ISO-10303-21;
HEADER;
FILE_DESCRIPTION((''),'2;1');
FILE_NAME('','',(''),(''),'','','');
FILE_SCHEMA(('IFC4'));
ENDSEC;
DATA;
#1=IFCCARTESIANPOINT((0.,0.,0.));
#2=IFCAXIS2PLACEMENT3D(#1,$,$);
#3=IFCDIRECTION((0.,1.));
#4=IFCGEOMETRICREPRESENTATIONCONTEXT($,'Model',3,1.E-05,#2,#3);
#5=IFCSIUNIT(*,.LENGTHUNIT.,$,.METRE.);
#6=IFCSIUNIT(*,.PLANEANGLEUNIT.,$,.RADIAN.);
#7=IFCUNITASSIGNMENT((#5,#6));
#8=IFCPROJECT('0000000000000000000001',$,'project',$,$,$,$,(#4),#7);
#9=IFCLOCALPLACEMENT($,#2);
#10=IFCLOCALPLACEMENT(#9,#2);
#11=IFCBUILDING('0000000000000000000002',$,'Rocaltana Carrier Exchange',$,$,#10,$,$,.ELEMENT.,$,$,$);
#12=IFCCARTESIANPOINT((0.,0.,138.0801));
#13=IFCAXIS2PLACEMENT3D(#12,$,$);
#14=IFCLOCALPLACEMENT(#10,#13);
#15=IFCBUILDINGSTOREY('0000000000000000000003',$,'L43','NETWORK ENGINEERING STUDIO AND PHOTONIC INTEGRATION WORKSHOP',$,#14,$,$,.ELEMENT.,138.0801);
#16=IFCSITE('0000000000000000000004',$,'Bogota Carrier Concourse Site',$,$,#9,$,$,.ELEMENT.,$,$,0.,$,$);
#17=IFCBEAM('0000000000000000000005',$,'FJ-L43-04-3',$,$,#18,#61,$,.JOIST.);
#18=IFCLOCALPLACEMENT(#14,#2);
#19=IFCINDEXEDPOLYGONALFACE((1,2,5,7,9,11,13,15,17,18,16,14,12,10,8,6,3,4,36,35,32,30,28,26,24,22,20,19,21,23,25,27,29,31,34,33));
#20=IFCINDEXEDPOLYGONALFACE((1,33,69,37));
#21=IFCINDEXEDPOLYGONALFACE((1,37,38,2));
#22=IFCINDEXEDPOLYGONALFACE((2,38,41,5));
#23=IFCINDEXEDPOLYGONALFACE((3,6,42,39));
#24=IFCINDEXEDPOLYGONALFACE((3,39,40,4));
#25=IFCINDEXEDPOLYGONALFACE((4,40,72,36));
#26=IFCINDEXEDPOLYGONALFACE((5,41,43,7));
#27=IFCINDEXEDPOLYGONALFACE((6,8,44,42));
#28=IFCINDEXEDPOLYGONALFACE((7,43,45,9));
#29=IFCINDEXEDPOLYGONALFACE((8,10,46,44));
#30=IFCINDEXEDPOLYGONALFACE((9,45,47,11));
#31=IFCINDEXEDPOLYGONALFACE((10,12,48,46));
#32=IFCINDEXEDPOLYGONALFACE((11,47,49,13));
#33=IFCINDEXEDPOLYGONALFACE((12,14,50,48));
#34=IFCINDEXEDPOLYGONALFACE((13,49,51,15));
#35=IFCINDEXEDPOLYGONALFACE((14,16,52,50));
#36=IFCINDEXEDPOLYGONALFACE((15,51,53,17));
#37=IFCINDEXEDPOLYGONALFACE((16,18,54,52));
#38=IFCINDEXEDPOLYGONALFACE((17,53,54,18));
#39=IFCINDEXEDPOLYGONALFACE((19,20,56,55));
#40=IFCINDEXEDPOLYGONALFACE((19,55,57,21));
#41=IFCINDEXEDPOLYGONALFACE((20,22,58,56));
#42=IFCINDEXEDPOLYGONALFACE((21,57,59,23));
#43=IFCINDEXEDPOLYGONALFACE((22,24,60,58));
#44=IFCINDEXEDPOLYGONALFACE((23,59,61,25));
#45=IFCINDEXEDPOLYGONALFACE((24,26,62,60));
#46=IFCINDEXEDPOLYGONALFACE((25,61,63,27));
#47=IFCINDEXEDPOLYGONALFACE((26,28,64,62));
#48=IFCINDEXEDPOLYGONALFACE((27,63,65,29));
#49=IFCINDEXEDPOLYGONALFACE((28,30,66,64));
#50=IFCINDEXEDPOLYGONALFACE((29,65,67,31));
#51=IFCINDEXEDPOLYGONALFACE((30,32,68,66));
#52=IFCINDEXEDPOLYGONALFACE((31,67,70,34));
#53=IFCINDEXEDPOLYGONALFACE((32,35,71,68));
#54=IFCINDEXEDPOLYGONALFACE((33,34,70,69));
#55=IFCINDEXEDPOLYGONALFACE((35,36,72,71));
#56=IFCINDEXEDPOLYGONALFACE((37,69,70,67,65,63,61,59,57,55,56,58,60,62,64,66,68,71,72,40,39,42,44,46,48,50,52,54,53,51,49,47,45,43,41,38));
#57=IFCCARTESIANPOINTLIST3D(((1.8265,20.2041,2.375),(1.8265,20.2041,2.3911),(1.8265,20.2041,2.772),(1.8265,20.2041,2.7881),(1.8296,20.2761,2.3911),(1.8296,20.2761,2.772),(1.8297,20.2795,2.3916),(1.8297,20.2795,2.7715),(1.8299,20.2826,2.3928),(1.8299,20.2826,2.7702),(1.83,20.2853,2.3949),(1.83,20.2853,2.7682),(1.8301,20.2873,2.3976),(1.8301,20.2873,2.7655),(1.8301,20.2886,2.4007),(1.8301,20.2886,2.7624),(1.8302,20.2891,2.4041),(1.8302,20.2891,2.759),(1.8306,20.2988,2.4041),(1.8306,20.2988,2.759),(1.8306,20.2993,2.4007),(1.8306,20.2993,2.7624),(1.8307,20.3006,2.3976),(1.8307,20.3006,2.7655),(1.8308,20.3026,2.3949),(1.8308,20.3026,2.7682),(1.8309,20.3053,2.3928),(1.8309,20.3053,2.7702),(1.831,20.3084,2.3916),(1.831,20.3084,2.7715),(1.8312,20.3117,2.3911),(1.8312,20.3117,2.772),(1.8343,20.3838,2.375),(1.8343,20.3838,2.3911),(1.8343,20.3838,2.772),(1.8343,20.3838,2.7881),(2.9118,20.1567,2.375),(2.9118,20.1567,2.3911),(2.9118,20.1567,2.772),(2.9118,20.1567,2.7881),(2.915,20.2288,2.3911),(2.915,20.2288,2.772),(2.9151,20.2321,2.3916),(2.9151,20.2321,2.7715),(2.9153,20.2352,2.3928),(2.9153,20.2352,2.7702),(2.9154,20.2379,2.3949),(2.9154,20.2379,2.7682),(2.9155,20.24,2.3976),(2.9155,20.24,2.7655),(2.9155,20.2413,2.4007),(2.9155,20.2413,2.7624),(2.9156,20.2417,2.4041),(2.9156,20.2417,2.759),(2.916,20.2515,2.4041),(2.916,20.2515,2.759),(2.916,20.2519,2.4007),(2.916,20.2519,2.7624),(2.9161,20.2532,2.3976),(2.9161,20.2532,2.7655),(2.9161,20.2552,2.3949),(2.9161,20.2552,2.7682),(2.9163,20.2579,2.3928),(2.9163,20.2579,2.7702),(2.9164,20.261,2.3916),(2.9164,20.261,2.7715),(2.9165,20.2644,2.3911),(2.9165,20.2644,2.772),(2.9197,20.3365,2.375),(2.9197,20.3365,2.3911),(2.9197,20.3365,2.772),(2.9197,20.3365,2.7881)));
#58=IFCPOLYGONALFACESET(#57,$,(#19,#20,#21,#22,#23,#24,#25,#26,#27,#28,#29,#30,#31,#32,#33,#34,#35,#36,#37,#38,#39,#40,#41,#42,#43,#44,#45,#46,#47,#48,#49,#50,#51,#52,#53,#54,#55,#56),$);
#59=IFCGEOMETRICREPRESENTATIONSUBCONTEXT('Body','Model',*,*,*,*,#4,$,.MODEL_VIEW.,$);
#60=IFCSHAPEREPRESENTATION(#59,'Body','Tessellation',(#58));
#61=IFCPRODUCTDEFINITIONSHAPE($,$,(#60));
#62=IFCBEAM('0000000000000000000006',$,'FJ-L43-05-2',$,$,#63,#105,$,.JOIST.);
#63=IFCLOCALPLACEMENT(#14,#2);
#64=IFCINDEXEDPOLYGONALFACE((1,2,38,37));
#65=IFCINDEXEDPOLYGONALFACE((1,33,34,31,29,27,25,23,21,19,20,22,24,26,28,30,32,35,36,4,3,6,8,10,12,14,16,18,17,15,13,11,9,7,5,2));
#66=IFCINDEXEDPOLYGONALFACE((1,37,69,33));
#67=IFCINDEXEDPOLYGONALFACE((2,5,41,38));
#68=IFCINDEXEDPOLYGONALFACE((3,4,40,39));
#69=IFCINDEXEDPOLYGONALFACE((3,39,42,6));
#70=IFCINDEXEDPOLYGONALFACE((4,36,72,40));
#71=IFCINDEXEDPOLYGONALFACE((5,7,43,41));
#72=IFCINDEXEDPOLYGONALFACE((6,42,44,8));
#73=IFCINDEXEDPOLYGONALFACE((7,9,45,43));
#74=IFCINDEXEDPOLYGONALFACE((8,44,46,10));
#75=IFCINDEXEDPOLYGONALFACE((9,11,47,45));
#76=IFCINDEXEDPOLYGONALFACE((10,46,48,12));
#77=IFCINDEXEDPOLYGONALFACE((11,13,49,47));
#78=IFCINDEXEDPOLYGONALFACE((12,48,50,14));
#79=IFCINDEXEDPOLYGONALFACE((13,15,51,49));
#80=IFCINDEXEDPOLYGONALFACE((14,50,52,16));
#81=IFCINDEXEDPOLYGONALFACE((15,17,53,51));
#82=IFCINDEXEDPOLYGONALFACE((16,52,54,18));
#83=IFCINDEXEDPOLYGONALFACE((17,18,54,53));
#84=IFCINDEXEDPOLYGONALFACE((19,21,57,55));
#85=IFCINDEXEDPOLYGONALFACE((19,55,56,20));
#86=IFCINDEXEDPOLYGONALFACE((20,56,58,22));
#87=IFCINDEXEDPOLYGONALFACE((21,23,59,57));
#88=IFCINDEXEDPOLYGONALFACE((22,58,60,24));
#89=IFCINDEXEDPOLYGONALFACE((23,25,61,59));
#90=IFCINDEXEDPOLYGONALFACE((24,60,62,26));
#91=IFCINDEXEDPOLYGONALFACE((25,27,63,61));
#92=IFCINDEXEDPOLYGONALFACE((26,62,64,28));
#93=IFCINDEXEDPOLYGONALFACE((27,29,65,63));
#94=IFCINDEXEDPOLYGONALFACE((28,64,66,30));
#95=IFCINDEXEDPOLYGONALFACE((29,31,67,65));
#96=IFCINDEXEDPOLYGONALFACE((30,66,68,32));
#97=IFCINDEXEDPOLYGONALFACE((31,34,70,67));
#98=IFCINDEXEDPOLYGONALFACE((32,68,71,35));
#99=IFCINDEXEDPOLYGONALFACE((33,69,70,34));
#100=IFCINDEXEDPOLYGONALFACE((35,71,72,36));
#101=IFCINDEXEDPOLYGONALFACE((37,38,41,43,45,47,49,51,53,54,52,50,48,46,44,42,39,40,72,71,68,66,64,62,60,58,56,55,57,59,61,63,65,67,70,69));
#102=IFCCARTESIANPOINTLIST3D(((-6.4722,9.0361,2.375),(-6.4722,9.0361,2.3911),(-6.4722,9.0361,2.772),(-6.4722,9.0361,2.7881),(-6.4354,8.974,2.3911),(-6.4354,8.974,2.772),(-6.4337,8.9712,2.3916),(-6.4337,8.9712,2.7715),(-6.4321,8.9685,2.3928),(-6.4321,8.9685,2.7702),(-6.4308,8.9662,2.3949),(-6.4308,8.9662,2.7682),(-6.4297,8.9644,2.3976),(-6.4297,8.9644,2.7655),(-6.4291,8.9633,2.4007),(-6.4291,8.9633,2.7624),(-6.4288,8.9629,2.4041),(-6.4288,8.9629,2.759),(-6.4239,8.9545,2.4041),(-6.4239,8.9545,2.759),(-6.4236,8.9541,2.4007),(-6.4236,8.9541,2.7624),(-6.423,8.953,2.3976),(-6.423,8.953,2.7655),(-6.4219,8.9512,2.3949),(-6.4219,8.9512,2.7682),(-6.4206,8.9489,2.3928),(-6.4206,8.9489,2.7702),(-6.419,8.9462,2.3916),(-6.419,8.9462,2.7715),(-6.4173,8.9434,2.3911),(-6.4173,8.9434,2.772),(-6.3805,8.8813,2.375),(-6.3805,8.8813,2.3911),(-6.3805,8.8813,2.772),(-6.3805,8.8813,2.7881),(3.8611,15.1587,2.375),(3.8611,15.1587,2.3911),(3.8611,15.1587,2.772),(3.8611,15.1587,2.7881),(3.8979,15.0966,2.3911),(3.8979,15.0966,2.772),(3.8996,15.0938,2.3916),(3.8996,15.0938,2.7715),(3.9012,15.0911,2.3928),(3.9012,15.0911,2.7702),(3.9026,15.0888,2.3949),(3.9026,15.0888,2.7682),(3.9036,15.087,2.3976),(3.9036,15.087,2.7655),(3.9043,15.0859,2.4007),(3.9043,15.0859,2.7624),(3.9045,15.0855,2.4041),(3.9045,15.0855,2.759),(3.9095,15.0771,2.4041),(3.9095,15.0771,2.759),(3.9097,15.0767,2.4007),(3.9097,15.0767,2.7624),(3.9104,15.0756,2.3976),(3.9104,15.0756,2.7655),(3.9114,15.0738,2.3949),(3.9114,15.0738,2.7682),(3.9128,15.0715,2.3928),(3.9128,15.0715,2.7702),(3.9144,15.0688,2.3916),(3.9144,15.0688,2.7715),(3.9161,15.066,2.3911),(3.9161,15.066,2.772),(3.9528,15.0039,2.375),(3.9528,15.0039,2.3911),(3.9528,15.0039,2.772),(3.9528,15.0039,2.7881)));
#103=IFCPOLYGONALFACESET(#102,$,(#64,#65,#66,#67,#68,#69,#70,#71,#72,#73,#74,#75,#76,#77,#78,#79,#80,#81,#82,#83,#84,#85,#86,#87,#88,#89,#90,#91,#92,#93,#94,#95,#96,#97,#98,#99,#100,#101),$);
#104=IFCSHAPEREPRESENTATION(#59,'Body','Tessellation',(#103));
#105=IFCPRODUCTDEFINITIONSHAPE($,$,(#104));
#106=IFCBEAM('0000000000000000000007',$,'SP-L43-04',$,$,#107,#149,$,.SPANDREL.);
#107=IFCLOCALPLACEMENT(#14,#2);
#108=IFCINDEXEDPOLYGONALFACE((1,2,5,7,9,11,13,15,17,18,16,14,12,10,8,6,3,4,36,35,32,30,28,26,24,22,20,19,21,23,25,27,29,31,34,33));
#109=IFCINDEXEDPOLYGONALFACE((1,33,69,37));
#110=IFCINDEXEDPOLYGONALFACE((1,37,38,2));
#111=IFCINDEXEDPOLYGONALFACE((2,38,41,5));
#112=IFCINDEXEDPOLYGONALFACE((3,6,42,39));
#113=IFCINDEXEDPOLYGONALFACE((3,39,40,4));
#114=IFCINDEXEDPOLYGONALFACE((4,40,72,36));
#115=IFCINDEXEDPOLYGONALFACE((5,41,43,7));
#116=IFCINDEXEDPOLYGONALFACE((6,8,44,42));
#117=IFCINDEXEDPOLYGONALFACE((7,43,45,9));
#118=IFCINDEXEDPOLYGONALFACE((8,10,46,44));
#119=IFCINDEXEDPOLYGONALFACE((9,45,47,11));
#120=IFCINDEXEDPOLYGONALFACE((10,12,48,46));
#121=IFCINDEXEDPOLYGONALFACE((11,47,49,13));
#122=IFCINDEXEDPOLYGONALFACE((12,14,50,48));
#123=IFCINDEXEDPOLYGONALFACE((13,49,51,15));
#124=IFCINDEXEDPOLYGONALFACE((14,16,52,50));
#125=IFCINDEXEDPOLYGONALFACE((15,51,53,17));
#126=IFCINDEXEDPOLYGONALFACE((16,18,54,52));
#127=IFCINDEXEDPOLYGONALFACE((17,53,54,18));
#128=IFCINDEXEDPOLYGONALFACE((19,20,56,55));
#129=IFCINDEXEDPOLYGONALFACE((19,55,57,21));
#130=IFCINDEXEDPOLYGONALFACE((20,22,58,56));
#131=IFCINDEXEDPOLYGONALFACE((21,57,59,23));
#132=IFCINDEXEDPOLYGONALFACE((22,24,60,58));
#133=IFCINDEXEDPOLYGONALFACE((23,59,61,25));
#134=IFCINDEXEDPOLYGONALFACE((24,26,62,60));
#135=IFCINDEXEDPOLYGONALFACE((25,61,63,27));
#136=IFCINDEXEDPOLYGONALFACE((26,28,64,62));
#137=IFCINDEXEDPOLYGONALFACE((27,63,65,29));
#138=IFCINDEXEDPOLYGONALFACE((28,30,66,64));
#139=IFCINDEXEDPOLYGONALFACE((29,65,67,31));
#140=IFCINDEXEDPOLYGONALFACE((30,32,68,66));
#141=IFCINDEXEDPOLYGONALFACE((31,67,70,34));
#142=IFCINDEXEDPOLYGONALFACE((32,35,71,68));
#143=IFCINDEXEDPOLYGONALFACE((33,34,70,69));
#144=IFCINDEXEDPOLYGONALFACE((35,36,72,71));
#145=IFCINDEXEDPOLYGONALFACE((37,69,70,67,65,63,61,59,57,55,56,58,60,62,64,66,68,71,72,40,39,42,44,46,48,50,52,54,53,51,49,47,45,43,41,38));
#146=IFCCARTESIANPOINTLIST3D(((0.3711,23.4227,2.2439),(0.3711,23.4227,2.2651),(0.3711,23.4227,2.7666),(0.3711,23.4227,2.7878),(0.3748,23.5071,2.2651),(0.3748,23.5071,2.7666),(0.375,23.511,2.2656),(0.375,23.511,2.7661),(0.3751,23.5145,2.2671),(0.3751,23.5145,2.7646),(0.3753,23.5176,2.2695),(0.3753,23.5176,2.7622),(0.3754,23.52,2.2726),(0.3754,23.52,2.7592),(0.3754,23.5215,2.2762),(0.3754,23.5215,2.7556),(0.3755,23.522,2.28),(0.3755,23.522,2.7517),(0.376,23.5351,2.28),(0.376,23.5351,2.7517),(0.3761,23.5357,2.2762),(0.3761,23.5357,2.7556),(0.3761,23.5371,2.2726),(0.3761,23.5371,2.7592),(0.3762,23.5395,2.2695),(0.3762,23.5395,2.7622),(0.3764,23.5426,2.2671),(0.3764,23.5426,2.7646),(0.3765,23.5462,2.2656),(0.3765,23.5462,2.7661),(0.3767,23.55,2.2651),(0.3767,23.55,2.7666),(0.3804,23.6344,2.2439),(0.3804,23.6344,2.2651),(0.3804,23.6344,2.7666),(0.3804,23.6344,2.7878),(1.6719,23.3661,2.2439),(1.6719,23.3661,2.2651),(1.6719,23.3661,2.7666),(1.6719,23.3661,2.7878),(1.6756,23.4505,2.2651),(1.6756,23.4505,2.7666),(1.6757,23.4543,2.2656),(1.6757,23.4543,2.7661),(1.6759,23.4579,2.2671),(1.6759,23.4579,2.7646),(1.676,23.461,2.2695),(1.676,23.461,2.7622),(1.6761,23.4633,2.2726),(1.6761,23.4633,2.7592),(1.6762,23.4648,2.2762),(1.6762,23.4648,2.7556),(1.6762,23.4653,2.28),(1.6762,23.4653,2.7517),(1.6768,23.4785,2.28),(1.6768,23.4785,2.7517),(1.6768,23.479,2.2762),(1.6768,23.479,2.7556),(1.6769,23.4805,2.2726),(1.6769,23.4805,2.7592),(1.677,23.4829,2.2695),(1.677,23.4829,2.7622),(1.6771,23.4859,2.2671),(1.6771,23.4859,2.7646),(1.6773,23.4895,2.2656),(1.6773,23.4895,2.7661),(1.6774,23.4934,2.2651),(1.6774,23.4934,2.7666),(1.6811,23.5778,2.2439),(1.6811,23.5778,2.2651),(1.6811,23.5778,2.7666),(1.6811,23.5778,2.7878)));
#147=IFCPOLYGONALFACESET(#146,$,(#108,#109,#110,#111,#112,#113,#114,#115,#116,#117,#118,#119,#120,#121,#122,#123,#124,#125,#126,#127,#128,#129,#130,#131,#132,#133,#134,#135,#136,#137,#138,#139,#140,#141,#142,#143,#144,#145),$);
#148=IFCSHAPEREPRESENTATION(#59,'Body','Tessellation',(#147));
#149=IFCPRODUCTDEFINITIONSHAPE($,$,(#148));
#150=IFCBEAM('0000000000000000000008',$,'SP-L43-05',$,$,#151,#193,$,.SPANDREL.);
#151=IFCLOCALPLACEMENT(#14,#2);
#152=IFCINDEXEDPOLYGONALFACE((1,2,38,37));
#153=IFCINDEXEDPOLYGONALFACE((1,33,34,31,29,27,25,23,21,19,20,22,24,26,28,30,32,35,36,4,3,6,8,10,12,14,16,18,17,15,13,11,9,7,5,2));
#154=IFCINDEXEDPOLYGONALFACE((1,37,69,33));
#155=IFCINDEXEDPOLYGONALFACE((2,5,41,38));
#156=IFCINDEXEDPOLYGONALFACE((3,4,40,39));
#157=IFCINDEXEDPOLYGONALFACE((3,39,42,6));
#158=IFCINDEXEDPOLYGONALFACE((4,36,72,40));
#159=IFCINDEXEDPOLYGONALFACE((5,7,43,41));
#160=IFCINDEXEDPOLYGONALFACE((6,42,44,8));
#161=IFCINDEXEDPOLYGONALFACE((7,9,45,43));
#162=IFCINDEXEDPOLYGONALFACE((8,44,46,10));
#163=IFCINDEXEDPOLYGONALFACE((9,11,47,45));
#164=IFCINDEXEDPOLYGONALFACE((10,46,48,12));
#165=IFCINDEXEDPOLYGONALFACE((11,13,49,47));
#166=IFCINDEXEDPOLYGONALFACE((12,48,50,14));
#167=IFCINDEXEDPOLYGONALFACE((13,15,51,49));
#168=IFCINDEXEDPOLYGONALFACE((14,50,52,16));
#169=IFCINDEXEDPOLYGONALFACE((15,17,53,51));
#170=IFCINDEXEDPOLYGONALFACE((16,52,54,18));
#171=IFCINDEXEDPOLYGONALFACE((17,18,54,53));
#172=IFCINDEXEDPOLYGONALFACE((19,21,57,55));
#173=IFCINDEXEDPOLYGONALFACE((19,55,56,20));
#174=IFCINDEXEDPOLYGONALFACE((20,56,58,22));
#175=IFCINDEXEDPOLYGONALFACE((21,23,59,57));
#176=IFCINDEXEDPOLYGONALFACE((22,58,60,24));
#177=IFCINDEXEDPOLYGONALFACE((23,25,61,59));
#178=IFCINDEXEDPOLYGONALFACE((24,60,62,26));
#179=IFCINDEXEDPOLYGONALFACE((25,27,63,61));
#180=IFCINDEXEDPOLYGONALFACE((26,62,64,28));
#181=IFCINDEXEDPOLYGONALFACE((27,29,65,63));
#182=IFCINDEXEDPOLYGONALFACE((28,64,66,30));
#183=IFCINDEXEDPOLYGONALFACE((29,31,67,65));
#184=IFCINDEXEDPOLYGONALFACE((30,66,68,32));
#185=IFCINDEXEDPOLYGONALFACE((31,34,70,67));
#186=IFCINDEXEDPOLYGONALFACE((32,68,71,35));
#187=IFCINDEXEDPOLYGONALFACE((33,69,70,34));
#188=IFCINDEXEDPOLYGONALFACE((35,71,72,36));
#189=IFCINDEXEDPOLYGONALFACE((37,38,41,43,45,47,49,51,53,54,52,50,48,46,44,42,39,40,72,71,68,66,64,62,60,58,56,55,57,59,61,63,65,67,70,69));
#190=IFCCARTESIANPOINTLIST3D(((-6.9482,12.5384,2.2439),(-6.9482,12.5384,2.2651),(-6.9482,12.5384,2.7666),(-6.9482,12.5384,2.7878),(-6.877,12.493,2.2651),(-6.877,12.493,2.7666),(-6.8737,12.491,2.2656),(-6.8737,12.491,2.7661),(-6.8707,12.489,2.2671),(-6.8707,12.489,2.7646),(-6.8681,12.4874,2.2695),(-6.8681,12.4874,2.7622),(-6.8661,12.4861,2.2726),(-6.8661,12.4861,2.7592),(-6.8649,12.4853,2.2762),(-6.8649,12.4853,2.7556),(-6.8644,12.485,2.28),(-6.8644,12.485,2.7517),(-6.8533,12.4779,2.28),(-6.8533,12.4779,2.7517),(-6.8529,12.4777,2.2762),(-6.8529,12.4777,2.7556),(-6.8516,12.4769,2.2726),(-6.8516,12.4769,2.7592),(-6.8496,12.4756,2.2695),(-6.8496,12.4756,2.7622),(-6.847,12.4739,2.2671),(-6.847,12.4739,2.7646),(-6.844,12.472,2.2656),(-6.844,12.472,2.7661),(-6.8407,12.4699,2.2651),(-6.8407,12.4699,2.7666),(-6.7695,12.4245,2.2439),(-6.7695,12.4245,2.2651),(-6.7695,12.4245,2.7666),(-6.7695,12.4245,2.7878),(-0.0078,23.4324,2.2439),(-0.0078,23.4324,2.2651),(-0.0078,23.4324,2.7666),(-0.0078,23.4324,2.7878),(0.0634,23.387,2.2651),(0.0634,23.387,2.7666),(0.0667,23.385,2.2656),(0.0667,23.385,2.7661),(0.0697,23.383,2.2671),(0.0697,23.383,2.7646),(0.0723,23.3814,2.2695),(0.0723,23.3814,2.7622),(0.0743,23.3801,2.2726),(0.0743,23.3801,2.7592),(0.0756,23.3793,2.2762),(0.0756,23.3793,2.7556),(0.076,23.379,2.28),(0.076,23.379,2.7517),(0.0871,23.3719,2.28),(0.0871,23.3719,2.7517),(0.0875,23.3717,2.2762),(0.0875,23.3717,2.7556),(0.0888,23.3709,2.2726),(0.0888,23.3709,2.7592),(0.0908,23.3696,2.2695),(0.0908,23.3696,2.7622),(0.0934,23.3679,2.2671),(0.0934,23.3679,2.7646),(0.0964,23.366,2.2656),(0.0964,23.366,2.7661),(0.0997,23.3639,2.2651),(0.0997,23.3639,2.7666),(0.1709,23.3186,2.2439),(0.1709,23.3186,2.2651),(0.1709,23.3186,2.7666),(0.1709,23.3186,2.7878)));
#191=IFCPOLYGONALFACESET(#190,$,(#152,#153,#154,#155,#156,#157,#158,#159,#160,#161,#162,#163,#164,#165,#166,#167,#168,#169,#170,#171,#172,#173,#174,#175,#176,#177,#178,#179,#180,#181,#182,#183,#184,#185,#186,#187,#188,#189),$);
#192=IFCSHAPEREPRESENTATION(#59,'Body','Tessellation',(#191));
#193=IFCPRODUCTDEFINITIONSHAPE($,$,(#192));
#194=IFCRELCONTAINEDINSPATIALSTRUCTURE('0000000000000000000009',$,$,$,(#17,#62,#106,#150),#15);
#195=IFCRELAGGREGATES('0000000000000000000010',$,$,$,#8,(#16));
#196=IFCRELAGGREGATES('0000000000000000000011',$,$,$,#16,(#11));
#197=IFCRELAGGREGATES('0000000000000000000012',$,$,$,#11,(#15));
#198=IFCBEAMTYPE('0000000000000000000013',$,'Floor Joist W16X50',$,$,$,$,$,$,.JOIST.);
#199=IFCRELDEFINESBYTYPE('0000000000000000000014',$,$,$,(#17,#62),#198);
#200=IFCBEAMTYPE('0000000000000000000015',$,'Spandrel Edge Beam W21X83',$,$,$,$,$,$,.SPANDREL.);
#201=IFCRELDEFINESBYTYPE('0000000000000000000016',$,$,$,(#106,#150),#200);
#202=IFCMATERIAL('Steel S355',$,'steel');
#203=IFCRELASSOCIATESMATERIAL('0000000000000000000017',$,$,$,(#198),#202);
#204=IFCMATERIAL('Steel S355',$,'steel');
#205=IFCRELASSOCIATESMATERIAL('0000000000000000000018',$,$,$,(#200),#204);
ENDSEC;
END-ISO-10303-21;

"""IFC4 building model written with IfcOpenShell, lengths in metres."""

from ifc_helpers import new_model, si_unit, direction, frame, origin, origin_2d, place, context, subcontext, project, spatial, i_section, extrude, material, material_profile, profile_set, type_object, element, save


model = new_model("IFC4")

# Units and contexts
model_context = context("Model", 3, precision=1e-05, world=origin(), true_north=direction((0.0, 1.0)))
body_context = subcontext(model_context, "Body", "Model", "MODEL_VIEW")
ifc_project = project(units=[si_unit("LENGTHUNIT", "METRE"), si_unit("PLANEANGLEUNIT", "RADIAN")], contexts=[model_context])

# Site, building, storey
site_placement = place(None, origin())
site = spatial("IfcSite", under=ifc_project, at=site_placement, Name="Bogota Carrier Concourse Site", CompositionType="ELEMENT", RefElevation=0.0)
building_placement = place(site_placement, origin())
building = spatial("IfcBuilding", under=site, at=building_placement, Name="Rocaltana Carrier Exchange", CompositionType="ELEMENT")
storey_placement = place(building_placement, frame((0.0, 0.0, 138.0801)))
storey = spatial("IfcBuildingStorey", under=building, at=storey_placement, Name="L43", Description="NETWORK ENGINEERING STUDIO AND PHOTONIC INTEGRATION WORKSHOP", CompositionType="ELEMENT", Elevation=138.0801)

# Beams
ifc_material_1 = material(Name="Steel S355", Category="steel")
ifc_material_profile_1 = material_profile(ifc_material_1, i_section(OverallWidth=0.1799, OverallDepth=0.4131, WebThickness=0.0098, FlangeThickness=0.0161, FilletRadius=0.0129, at=origin_2d()), Name="W16X50")
ifc_profile_set_1 = profile_set([ifc_material_profile_1], Name="Steel S355")
beam_type_1 = type_object("IfcBeamType", Name="Floor Joist W16X50", PredefinedType="JOIST", material=ifc_profile_set_1)
beam_1_placement = place(storey_placement, frame((2.9158, 20.2466, 2.5815), z_axis=(-0.999049, 0.043593, 0.0), x_axis=(-0.043593, -0.999049, 0.0)))
element("IfcBeam", 1, at=beam_1_placement, inside=storey, type_object=beam_type_1, Name="FJ-L43-04-3", PredefinedType="JOIST", context=body_context, shape_type="SweptSolid", body=[
    extrude(i_section(OverallWidth=0.1799, OverallDepth=0.4131, WebThickness=0.0098, FlangeThickness=0.0161, FilletRadius=0.0129, at=origin_2d()), origin(), (0.0, 0.0, 1.0), 1.0864),
])
beam_2_placement = place(storey_placement, frame((3.907, 15.0813, 2.5815), z_axis=(-0.860323, -0.50975, 0.0), x_axis=(0.50975, -0.860323, 0.0)))
element("IfcBeam", 2, at=beam_2_placement, inside=storey, type_object=beam_type_1, Name="FJ-L43-05-2", PredefinedType="JOIST", context=body_context, shape_type="SweptSolid", body=[
    extrude(i_section(OverallWidth=0.1799, OverallDepth=0.4131, WebThickness=0.0098, FlangeThickness=0.0161, FilletRadius=0.0129, at=origin_2d()), origin(), (0.0, 0.0, 1.0), 12.011),
])
ifc_material_2 = material(Name="Steel S355", Category="steel")
ifc_material_profile_2 = material_profile(ifc_material_2, i_section(OverallWidth=0.2119, OverallDepth=0.5439, WebThickness=0.0132, FlangeThickness=0.0212, FilletRadius=0.0149, at=origin_2d()), Name="W21X83")
ifc_profile_set_2 = profile_set([ifc_material_profile_2], Name="Steel S355")
beam_type_2 = type_object("IfcBeamType", Name="Spandrel Edge Beam W21X83", PredefinedType="SPANDREL", material=ifc_profile_set_2)
beam_3_placement = place(storey_placement, frame((1.6765, 23.4719, 2.5159), z_axis=(-0.999053, 0.043502, 0.0), x_axis=(-0.043502, -0.999053, 0.0)))
element("IfcBeam", 3, at=beam_3_placement, inside=storey, type_object=beam_type_2, Name="SP-L43-04", PredefinedType="SPANDREL", context=body_context, shape_type="SweptSolid", body=[
    extrude(i_section(OverallWidth=0.2119, OverallDepth=0.5439, WebThickness=0.0132, FlangeThickness=0.0212, FilletRadius=0.0149, at=origin_2d()), origin(), (0.0, 0.0, 1.0), 1.302),
])
beam_4_placement = place(storey_placement, frame((0.0815, 23.3755, 2.5159), z_axis=(-0.537308, -0.843386, 0.0), x_axis=(0.843386, -0.537308, 0.0)))
element("IfcBeam", 4, at=beam_4_placement, inside=storey, type_object=beam_type_2, Name="SP-L43-05", PredefinedType="SPANDREL", context=body_context, shape_type="SweptSolid", body=[
    extrude(i_section(OverallWidth=0.2119, OverallDepth=0.5439, WebThickness=0.0132, FlangeThickness=0.0212, FilletRadius=0.0149, at=origin_2d()), origin(), (0.0, 0.0, 1.0), 12.917),
])

save(model, "model.ifc")
